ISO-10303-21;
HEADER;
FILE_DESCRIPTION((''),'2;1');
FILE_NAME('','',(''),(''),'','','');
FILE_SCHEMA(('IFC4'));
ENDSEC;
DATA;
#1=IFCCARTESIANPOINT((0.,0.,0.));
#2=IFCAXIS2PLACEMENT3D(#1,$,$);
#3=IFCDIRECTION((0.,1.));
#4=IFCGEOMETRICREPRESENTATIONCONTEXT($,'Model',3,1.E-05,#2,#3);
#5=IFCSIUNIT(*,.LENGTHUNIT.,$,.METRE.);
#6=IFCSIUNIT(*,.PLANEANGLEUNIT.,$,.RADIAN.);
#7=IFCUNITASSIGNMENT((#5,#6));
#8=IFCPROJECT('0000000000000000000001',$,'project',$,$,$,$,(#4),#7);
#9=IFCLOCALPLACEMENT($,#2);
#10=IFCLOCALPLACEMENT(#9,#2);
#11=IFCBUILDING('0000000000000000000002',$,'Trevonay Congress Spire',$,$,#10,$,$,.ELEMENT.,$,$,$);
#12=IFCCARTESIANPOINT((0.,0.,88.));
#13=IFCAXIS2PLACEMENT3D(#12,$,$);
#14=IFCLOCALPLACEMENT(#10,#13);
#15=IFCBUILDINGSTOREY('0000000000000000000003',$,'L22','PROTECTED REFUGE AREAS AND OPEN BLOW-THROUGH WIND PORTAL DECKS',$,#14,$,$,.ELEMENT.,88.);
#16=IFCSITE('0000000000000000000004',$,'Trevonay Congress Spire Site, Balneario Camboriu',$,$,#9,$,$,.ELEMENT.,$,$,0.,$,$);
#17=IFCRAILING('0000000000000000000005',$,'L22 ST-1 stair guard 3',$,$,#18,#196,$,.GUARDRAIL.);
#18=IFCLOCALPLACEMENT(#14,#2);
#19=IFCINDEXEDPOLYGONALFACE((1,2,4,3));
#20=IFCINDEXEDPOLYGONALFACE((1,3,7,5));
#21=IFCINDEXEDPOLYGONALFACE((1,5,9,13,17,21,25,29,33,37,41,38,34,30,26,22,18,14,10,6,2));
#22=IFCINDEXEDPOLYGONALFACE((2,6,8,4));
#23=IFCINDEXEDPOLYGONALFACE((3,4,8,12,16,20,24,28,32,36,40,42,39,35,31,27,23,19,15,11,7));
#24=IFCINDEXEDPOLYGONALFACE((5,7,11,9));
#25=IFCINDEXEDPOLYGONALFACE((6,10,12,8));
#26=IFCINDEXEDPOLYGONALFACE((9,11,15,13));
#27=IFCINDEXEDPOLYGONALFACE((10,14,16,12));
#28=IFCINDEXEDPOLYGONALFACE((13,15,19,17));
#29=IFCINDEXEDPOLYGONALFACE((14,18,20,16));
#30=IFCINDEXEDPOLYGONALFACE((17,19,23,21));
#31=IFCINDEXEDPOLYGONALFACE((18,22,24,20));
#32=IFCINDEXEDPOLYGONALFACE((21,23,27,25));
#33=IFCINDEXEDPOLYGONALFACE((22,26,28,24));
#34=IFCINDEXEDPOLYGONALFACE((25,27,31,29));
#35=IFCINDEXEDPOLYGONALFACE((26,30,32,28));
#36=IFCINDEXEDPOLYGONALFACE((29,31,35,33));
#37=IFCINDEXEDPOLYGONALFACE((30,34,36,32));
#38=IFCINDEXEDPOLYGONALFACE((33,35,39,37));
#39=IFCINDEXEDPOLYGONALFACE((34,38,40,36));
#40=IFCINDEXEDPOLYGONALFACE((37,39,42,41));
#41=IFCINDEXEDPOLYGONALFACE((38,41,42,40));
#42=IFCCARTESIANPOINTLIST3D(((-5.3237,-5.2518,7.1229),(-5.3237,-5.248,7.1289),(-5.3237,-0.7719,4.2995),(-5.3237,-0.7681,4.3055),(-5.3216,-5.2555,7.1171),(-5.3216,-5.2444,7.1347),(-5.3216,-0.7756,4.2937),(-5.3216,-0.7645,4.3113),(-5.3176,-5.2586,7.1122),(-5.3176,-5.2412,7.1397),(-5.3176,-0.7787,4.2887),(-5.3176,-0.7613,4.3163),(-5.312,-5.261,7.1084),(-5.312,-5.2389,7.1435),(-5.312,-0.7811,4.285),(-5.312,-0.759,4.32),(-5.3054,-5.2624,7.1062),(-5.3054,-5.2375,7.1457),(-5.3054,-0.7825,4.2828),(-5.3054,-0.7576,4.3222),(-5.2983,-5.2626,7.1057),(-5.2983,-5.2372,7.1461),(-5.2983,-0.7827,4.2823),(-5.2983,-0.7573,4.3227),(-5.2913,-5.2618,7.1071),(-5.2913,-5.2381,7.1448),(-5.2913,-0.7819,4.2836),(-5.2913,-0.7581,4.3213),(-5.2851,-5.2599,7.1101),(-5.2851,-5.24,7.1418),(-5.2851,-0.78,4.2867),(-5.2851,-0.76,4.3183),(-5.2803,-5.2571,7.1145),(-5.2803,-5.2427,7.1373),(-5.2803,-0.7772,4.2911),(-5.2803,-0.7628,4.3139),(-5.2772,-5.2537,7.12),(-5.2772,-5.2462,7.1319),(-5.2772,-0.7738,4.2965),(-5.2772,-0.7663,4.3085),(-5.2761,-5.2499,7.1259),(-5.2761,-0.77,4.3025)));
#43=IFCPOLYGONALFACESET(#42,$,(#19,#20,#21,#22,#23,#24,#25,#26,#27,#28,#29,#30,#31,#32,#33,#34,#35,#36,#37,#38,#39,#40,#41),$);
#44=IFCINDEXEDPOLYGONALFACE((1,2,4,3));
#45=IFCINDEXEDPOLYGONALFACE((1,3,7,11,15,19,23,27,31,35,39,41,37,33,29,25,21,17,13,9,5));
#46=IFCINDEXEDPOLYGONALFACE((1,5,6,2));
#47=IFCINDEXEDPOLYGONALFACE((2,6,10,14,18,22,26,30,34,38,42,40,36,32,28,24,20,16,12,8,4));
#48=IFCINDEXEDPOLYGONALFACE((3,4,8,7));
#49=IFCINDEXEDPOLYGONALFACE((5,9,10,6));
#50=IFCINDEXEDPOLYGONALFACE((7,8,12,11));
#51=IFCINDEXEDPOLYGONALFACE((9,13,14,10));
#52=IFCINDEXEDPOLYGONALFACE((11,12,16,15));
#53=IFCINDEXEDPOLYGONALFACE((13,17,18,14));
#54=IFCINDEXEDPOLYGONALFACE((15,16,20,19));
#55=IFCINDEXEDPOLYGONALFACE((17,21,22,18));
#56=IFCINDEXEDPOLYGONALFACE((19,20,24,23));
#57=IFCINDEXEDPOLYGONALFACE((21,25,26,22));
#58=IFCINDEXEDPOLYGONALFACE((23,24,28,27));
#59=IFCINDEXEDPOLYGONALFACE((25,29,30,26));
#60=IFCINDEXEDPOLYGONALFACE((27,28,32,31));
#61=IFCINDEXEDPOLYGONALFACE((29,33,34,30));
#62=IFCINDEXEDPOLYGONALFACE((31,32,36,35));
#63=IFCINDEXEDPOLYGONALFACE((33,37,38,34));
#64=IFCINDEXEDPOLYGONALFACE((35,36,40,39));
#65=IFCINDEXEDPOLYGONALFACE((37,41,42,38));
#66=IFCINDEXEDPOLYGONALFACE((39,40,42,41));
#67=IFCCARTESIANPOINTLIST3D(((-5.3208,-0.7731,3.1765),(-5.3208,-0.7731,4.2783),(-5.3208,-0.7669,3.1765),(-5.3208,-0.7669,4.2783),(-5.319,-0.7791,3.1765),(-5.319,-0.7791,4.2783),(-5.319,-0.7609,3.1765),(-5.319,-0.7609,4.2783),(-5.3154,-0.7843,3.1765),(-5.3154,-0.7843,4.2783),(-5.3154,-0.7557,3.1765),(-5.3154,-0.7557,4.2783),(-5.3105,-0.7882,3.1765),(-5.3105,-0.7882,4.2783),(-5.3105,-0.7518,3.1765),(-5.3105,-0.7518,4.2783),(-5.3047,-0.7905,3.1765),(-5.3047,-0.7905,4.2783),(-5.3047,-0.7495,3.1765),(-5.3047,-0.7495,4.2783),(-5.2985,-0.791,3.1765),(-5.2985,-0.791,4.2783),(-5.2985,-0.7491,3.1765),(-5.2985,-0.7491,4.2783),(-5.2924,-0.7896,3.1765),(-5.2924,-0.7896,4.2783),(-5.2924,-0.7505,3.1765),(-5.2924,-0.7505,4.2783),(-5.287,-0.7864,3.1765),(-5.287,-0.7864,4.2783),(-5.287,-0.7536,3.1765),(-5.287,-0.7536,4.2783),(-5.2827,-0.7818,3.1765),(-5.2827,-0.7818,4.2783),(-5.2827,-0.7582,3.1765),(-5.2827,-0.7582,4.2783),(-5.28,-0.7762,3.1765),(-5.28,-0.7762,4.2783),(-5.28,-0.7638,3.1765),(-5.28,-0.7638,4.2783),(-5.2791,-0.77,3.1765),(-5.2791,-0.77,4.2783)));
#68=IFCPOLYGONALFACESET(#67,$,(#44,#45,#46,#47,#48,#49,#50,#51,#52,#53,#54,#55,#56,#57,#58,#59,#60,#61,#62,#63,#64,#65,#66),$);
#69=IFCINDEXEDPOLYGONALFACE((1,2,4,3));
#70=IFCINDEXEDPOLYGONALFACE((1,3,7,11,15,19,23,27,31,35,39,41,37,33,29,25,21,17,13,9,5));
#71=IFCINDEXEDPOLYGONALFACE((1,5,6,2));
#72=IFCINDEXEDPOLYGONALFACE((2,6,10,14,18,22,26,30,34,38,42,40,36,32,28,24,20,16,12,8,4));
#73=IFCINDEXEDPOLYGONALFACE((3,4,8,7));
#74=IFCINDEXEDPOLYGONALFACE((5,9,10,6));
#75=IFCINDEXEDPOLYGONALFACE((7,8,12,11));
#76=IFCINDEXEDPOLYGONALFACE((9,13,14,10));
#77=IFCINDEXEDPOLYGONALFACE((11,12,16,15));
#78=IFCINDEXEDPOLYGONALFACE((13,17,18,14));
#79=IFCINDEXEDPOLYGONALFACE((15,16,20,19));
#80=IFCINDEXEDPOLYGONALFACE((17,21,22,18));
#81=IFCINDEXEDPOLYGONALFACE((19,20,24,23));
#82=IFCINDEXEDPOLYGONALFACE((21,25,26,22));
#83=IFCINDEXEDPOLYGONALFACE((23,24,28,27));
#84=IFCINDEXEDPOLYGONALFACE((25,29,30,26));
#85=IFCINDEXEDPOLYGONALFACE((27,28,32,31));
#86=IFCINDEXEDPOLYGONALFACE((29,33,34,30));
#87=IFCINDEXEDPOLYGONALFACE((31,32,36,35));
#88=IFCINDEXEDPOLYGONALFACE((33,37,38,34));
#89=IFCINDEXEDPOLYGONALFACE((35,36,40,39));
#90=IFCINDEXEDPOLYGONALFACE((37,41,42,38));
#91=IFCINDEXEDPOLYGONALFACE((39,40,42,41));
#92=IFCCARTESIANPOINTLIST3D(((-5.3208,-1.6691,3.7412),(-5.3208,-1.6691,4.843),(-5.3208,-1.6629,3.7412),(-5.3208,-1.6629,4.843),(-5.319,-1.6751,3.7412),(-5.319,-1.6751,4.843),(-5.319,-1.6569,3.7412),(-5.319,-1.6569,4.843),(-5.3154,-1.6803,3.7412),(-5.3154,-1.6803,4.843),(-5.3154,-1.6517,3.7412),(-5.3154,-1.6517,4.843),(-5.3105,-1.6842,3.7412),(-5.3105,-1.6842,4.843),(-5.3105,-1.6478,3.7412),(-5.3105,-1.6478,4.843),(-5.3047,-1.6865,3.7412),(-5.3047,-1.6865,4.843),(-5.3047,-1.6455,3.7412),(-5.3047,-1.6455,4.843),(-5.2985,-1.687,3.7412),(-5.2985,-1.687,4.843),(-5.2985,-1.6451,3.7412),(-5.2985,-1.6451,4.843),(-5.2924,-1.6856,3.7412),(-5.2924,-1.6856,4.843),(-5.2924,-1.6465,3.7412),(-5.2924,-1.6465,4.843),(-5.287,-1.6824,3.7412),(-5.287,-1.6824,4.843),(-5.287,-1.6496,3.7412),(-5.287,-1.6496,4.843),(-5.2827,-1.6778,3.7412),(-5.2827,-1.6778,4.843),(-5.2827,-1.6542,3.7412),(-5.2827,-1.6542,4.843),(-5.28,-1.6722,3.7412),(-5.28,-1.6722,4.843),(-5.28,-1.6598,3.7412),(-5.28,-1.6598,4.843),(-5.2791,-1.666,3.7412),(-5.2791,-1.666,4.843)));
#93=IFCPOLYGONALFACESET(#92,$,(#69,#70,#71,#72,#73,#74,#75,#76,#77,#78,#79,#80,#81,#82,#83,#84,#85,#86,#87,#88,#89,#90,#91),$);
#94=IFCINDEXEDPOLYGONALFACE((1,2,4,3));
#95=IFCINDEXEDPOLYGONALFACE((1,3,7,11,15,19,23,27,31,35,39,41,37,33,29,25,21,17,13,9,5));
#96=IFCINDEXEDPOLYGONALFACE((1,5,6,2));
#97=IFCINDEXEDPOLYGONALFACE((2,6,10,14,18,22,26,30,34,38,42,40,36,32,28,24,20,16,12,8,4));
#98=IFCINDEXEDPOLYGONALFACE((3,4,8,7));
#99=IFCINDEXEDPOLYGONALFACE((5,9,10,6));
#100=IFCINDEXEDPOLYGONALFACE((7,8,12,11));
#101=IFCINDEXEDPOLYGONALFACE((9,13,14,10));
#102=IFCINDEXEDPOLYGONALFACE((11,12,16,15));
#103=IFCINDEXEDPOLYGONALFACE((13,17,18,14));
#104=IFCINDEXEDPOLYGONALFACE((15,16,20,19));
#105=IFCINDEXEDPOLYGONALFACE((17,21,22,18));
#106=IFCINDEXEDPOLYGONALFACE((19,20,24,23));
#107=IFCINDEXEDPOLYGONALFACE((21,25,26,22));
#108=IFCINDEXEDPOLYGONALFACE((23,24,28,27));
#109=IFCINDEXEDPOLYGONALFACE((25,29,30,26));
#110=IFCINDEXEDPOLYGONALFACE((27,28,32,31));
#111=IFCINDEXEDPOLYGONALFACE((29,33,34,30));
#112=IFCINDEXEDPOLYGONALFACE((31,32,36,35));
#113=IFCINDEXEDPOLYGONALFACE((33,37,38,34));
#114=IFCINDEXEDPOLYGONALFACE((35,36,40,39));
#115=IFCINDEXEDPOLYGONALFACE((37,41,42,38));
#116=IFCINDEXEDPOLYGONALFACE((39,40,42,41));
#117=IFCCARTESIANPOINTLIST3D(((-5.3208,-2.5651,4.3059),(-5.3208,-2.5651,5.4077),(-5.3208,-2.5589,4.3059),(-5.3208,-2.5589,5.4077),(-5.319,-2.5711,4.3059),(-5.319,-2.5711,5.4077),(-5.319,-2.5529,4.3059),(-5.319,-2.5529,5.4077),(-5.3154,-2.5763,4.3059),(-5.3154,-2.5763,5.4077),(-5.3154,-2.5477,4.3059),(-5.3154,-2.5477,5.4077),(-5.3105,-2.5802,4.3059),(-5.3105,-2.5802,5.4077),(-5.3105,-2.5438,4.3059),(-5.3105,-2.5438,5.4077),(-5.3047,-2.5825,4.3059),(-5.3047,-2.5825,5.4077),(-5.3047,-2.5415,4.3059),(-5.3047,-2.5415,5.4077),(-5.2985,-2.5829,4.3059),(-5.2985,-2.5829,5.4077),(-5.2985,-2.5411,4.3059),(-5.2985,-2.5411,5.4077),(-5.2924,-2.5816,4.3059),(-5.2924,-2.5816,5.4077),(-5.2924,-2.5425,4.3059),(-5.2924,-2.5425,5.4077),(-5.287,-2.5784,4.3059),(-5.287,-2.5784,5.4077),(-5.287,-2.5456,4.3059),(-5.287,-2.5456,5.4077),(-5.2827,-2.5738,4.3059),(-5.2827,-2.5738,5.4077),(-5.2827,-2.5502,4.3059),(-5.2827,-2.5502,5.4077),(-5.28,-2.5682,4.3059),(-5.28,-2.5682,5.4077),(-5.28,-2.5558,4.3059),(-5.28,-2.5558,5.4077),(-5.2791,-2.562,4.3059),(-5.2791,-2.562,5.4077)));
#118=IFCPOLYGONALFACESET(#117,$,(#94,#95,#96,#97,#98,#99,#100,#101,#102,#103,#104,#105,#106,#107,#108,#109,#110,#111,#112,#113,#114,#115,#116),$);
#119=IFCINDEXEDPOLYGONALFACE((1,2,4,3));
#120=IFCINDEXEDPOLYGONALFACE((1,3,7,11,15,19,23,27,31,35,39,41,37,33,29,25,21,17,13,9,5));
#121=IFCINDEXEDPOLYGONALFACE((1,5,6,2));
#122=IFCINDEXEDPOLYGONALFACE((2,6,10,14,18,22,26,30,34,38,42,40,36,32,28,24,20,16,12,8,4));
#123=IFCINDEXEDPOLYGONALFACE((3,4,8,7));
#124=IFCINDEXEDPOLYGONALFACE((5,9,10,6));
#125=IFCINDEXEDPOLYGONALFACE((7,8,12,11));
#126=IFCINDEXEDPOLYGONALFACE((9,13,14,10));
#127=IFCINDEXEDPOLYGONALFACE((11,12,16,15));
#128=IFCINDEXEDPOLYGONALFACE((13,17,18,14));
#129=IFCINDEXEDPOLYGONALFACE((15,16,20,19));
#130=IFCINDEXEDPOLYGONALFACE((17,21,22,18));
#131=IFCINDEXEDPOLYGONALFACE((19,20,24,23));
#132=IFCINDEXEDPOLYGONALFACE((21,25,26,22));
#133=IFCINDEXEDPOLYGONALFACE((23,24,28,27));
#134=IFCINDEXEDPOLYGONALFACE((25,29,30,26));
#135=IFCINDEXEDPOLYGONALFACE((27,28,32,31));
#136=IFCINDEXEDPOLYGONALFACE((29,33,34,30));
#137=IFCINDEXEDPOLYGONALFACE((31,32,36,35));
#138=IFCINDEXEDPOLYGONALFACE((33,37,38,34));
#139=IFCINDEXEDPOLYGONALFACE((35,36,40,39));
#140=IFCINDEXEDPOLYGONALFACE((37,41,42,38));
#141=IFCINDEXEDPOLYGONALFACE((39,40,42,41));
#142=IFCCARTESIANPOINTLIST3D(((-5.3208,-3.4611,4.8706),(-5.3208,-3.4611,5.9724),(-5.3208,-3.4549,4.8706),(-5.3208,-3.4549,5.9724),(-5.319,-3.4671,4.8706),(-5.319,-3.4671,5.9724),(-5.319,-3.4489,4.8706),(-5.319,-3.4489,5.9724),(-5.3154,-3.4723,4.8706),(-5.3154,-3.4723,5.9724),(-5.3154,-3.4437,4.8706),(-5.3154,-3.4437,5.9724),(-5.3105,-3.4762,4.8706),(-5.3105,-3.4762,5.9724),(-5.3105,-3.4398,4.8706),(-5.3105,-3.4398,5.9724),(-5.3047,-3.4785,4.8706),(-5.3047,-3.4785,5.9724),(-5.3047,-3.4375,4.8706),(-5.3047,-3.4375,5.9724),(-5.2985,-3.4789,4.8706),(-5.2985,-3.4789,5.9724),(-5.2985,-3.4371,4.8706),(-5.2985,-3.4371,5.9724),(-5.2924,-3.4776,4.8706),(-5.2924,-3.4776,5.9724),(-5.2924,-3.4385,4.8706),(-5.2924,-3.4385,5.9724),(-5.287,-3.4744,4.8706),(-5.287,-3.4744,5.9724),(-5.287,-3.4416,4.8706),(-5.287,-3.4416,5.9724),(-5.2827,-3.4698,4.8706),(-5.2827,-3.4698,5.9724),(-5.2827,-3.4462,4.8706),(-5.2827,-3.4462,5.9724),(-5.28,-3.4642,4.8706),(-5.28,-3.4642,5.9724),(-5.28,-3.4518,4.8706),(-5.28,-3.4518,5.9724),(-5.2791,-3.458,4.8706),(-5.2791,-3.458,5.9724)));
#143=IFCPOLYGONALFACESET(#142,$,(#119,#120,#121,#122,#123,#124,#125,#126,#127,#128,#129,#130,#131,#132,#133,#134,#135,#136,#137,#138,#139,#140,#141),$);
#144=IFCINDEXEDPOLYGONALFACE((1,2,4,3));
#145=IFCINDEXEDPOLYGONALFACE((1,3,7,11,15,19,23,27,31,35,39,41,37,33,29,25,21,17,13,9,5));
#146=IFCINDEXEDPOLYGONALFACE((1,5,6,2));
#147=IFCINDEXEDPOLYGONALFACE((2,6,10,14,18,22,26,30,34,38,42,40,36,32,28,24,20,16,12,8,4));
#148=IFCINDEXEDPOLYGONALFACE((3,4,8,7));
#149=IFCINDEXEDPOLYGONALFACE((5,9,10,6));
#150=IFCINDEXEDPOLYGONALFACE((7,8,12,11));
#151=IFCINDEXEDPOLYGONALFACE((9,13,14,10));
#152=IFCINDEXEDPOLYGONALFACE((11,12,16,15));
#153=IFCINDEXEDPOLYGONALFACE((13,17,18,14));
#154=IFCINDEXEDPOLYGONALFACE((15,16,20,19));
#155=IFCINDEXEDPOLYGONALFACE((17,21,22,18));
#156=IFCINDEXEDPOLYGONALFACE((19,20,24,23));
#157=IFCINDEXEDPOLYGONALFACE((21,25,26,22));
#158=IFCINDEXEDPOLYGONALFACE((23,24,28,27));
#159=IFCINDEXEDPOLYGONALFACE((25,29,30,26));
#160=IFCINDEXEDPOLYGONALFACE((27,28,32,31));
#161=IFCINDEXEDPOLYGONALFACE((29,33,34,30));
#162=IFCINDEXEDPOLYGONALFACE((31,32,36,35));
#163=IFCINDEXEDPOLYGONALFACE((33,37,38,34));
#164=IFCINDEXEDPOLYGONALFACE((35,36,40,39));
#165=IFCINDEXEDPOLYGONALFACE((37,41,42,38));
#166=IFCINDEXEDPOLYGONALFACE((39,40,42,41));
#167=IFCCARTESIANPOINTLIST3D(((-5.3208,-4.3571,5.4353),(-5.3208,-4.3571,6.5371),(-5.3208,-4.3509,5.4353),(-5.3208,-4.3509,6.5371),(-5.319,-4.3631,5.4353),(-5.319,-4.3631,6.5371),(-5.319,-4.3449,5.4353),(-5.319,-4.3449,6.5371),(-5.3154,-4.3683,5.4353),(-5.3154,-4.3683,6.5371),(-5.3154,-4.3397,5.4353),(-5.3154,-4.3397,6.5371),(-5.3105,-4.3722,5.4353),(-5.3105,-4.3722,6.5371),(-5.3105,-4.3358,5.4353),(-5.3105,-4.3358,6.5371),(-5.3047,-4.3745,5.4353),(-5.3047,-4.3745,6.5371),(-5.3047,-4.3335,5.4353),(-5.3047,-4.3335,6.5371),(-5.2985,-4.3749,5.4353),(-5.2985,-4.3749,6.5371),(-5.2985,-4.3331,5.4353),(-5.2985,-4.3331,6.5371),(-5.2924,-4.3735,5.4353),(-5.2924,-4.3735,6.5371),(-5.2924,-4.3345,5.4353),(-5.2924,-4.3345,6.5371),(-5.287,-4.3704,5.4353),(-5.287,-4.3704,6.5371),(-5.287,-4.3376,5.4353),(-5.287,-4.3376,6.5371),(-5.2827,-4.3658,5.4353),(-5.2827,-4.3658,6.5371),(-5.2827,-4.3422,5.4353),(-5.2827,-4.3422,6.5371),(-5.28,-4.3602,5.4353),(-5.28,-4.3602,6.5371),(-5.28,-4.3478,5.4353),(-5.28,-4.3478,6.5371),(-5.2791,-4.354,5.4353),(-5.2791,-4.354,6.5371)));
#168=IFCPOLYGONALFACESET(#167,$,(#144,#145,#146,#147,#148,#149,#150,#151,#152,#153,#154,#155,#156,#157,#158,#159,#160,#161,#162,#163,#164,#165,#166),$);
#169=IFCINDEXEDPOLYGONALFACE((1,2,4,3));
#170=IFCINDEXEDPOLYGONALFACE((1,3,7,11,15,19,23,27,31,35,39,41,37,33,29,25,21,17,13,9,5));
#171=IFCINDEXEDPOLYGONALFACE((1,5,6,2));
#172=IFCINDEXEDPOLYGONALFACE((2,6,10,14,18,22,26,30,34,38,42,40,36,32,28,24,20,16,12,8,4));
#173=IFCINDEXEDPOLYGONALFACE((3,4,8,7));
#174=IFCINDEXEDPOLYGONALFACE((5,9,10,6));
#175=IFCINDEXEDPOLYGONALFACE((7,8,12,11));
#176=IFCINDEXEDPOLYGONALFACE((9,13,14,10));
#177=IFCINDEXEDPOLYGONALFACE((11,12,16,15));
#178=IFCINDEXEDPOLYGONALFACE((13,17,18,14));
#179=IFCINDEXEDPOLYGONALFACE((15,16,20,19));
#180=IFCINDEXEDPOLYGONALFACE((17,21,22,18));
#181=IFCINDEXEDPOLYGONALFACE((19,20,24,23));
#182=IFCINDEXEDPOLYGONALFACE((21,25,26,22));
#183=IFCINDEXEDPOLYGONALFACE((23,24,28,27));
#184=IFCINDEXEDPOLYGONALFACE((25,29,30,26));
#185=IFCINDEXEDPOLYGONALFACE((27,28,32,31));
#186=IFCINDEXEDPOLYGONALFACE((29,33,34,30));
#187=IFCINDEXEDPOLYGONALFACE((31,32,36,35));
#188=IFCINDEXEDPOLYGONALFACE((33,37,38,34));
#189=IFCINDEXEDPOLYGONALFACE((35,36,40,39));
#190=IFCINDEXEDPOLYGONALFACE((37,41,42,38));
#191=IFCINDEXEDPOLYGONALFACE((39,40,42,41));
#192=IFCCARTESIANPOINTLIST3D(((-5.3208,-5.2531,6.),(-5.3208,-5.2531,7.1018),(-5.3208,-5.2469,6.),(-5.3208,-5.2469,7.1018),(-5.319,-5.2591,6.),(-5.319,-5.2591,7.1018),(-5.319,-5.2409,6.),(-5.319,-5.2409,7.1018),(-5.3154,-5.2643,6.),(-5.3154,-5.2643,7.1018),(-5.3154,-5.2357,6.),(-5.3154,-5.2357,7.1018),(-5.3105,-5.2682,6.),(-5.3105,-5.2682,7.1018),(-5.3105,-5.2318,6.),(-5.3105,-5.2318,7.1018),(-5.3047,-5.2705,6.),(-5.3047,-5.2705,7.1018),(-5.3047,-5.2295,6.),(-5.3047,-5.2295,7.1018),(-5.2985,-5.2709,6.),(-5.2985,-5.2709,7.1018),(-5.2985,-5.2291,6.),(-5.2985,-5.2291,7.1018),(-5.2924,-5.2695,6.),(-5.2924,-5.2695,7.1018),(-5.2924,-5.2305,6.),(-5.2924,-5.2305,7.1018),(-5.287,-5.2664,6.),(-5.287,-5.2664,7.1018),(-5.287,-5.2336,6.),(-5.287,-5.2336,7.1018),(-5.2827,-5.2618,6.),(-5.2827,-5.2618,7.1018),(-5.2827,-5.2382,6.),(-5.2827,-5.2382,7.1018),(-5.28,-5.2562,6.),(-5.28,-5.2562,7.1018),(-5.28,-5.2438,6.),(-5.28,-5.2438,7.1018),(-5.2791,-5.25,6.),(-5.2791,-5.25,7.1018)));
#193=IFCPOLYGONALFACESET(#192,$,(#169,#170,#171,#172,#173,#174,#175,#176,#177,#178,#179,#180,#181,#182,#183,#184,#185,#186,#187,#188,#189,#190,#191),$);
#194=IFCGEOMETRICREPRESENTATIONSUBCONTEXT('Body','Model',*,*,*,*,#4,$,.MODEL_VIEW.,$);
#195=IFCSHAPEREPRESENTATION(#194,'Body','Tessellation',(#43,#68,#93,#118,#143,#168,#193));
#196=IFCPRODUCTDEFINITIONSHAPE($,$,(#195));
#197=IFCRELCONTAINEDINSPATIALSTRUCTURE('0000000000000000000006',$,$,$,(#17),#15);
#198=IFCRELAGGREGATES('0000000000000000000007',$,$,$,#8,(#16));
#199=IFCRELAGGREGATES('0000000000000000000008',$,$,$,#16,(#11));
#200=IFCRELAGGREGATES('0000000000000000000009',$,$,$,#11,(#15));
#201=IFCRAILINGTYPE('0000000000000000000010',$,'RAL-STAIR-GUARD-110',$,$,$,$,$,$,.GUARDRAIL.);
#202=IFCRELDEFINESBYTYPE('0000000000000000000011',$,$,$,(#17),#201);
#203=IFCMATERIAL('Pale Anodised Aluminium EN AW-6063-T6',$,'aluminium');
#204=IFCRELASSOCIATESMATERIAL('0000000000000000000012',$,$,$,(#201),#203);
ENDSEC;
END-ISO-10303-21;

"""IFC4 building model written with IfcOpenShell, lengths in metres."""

from ifc_helpers import new_model, si_unit, direction, frame, origin, origin_2d, place, context, subcontext, project, spatial, circle, extrude, material, type_object, element, save


model = new_model("IFC4")

# Units and contexts
model_context = context("Model", 3, precision=1e-05, world=origin(), true_north=direction((0.0, 1.0)))
body_context = subcontext(model_context, "Body", "Model", "MODEL_VIEW")
ifc_project = project(units=[si_unit("LENGTHUNIT", "METRE"), si_unit("PLANEANGLEUNIT", "RADIAN")], contexts=[model_context])

# Site, building, storey
site_placement = place(None, origin())
site = spatial("IfcSite", under=ifc_project, at=site_placement, Name="Trevonay Congress Spire Site, Balneario Camboriu", CompositionType="ELEMENT", RefElevation=0.0)
building_placement = place(site_placement, origin())
building = spatial("IfcBuilding", under=site, at=building_placement, Name="Trevonay Congress Spire", CompositionType="ELEMENT")
storey_placement = place(building_placement, frame((0.0, 0.0, 88.0)))
storey = spatial("IfcBuildingStorey", under=building, at=storey_placement, Name="L22", Description="PROTECTED REFUGE AREAS AND OPEN BLOW-THROUGH WIND PORTAL DECKS", CompositionType="ELEMENT", Elevation=88.0)

# Shared definitions
ifc_material_1 = material(Name="Pale Anodised Aluminium EN AW-6063-T6", Category="aluminium")

# Railing
railing_type = type_object("IfcRailingType", Name="RAL-STAIR-GUARD-110", PredefinedType="GUARDRAIL", material=ifc_material_1)
railing_1_placement = place(storey_placement, frame((-5.3, -0.77, 3.1765)))
element("IfcRailing", 1, at=railing_1_placement, inside=storey, type_object=railing_type, Name="L22 ST-1 stair guard 3", PredefinedType="GUARDRAIL", context=body_context, shape_type="SweptSolid", body=[
    extrude(circle(Radius=0.0239, at=origin_2d()), frame((0.0, 0.0, 1.126), z_axis=(0.0, -0.845998, 0.533186), x_axis=(1.0, 0.0, 0.0)), (0.0, 0.0, 1.0), 5.2954),
    extrude(circle(Radius=0.021, at=origin_2d()), origin(), (0.0, 0.0, 1.0), 1.1018),
    extrude(circle(Radius=0.021, at=origin_2d()), frame((0.0, -0.896, 0.5647)), (0.0, 0.0, 1.0), 1.1018),
    extrude(circle(Radius=0.021, at=origin_2d()), frame((0.0, -1.792, 1.1294)), (0.0, 0.0, 1.0), 1.1018),
    extrude(circle(Radius=0.021, at=origin_2d()), frame((0.0, -2.688, 1.6941)), (0.0, 0.0, 1.0), 1.1018),
    extrude(circle(Radius=0.021, at=origin_2d()), frame((0.0, -3.584, 2.2588)), (0.0, 0.0, 1.0), 1.1018),
    extrude(circle(Radius=0.021, at=origin_2d()), frame((0.0, -4.48, 2.8235)), (0.0, 0.0, 1.0), 1.1018),
])

save(model, "model.ifc")
